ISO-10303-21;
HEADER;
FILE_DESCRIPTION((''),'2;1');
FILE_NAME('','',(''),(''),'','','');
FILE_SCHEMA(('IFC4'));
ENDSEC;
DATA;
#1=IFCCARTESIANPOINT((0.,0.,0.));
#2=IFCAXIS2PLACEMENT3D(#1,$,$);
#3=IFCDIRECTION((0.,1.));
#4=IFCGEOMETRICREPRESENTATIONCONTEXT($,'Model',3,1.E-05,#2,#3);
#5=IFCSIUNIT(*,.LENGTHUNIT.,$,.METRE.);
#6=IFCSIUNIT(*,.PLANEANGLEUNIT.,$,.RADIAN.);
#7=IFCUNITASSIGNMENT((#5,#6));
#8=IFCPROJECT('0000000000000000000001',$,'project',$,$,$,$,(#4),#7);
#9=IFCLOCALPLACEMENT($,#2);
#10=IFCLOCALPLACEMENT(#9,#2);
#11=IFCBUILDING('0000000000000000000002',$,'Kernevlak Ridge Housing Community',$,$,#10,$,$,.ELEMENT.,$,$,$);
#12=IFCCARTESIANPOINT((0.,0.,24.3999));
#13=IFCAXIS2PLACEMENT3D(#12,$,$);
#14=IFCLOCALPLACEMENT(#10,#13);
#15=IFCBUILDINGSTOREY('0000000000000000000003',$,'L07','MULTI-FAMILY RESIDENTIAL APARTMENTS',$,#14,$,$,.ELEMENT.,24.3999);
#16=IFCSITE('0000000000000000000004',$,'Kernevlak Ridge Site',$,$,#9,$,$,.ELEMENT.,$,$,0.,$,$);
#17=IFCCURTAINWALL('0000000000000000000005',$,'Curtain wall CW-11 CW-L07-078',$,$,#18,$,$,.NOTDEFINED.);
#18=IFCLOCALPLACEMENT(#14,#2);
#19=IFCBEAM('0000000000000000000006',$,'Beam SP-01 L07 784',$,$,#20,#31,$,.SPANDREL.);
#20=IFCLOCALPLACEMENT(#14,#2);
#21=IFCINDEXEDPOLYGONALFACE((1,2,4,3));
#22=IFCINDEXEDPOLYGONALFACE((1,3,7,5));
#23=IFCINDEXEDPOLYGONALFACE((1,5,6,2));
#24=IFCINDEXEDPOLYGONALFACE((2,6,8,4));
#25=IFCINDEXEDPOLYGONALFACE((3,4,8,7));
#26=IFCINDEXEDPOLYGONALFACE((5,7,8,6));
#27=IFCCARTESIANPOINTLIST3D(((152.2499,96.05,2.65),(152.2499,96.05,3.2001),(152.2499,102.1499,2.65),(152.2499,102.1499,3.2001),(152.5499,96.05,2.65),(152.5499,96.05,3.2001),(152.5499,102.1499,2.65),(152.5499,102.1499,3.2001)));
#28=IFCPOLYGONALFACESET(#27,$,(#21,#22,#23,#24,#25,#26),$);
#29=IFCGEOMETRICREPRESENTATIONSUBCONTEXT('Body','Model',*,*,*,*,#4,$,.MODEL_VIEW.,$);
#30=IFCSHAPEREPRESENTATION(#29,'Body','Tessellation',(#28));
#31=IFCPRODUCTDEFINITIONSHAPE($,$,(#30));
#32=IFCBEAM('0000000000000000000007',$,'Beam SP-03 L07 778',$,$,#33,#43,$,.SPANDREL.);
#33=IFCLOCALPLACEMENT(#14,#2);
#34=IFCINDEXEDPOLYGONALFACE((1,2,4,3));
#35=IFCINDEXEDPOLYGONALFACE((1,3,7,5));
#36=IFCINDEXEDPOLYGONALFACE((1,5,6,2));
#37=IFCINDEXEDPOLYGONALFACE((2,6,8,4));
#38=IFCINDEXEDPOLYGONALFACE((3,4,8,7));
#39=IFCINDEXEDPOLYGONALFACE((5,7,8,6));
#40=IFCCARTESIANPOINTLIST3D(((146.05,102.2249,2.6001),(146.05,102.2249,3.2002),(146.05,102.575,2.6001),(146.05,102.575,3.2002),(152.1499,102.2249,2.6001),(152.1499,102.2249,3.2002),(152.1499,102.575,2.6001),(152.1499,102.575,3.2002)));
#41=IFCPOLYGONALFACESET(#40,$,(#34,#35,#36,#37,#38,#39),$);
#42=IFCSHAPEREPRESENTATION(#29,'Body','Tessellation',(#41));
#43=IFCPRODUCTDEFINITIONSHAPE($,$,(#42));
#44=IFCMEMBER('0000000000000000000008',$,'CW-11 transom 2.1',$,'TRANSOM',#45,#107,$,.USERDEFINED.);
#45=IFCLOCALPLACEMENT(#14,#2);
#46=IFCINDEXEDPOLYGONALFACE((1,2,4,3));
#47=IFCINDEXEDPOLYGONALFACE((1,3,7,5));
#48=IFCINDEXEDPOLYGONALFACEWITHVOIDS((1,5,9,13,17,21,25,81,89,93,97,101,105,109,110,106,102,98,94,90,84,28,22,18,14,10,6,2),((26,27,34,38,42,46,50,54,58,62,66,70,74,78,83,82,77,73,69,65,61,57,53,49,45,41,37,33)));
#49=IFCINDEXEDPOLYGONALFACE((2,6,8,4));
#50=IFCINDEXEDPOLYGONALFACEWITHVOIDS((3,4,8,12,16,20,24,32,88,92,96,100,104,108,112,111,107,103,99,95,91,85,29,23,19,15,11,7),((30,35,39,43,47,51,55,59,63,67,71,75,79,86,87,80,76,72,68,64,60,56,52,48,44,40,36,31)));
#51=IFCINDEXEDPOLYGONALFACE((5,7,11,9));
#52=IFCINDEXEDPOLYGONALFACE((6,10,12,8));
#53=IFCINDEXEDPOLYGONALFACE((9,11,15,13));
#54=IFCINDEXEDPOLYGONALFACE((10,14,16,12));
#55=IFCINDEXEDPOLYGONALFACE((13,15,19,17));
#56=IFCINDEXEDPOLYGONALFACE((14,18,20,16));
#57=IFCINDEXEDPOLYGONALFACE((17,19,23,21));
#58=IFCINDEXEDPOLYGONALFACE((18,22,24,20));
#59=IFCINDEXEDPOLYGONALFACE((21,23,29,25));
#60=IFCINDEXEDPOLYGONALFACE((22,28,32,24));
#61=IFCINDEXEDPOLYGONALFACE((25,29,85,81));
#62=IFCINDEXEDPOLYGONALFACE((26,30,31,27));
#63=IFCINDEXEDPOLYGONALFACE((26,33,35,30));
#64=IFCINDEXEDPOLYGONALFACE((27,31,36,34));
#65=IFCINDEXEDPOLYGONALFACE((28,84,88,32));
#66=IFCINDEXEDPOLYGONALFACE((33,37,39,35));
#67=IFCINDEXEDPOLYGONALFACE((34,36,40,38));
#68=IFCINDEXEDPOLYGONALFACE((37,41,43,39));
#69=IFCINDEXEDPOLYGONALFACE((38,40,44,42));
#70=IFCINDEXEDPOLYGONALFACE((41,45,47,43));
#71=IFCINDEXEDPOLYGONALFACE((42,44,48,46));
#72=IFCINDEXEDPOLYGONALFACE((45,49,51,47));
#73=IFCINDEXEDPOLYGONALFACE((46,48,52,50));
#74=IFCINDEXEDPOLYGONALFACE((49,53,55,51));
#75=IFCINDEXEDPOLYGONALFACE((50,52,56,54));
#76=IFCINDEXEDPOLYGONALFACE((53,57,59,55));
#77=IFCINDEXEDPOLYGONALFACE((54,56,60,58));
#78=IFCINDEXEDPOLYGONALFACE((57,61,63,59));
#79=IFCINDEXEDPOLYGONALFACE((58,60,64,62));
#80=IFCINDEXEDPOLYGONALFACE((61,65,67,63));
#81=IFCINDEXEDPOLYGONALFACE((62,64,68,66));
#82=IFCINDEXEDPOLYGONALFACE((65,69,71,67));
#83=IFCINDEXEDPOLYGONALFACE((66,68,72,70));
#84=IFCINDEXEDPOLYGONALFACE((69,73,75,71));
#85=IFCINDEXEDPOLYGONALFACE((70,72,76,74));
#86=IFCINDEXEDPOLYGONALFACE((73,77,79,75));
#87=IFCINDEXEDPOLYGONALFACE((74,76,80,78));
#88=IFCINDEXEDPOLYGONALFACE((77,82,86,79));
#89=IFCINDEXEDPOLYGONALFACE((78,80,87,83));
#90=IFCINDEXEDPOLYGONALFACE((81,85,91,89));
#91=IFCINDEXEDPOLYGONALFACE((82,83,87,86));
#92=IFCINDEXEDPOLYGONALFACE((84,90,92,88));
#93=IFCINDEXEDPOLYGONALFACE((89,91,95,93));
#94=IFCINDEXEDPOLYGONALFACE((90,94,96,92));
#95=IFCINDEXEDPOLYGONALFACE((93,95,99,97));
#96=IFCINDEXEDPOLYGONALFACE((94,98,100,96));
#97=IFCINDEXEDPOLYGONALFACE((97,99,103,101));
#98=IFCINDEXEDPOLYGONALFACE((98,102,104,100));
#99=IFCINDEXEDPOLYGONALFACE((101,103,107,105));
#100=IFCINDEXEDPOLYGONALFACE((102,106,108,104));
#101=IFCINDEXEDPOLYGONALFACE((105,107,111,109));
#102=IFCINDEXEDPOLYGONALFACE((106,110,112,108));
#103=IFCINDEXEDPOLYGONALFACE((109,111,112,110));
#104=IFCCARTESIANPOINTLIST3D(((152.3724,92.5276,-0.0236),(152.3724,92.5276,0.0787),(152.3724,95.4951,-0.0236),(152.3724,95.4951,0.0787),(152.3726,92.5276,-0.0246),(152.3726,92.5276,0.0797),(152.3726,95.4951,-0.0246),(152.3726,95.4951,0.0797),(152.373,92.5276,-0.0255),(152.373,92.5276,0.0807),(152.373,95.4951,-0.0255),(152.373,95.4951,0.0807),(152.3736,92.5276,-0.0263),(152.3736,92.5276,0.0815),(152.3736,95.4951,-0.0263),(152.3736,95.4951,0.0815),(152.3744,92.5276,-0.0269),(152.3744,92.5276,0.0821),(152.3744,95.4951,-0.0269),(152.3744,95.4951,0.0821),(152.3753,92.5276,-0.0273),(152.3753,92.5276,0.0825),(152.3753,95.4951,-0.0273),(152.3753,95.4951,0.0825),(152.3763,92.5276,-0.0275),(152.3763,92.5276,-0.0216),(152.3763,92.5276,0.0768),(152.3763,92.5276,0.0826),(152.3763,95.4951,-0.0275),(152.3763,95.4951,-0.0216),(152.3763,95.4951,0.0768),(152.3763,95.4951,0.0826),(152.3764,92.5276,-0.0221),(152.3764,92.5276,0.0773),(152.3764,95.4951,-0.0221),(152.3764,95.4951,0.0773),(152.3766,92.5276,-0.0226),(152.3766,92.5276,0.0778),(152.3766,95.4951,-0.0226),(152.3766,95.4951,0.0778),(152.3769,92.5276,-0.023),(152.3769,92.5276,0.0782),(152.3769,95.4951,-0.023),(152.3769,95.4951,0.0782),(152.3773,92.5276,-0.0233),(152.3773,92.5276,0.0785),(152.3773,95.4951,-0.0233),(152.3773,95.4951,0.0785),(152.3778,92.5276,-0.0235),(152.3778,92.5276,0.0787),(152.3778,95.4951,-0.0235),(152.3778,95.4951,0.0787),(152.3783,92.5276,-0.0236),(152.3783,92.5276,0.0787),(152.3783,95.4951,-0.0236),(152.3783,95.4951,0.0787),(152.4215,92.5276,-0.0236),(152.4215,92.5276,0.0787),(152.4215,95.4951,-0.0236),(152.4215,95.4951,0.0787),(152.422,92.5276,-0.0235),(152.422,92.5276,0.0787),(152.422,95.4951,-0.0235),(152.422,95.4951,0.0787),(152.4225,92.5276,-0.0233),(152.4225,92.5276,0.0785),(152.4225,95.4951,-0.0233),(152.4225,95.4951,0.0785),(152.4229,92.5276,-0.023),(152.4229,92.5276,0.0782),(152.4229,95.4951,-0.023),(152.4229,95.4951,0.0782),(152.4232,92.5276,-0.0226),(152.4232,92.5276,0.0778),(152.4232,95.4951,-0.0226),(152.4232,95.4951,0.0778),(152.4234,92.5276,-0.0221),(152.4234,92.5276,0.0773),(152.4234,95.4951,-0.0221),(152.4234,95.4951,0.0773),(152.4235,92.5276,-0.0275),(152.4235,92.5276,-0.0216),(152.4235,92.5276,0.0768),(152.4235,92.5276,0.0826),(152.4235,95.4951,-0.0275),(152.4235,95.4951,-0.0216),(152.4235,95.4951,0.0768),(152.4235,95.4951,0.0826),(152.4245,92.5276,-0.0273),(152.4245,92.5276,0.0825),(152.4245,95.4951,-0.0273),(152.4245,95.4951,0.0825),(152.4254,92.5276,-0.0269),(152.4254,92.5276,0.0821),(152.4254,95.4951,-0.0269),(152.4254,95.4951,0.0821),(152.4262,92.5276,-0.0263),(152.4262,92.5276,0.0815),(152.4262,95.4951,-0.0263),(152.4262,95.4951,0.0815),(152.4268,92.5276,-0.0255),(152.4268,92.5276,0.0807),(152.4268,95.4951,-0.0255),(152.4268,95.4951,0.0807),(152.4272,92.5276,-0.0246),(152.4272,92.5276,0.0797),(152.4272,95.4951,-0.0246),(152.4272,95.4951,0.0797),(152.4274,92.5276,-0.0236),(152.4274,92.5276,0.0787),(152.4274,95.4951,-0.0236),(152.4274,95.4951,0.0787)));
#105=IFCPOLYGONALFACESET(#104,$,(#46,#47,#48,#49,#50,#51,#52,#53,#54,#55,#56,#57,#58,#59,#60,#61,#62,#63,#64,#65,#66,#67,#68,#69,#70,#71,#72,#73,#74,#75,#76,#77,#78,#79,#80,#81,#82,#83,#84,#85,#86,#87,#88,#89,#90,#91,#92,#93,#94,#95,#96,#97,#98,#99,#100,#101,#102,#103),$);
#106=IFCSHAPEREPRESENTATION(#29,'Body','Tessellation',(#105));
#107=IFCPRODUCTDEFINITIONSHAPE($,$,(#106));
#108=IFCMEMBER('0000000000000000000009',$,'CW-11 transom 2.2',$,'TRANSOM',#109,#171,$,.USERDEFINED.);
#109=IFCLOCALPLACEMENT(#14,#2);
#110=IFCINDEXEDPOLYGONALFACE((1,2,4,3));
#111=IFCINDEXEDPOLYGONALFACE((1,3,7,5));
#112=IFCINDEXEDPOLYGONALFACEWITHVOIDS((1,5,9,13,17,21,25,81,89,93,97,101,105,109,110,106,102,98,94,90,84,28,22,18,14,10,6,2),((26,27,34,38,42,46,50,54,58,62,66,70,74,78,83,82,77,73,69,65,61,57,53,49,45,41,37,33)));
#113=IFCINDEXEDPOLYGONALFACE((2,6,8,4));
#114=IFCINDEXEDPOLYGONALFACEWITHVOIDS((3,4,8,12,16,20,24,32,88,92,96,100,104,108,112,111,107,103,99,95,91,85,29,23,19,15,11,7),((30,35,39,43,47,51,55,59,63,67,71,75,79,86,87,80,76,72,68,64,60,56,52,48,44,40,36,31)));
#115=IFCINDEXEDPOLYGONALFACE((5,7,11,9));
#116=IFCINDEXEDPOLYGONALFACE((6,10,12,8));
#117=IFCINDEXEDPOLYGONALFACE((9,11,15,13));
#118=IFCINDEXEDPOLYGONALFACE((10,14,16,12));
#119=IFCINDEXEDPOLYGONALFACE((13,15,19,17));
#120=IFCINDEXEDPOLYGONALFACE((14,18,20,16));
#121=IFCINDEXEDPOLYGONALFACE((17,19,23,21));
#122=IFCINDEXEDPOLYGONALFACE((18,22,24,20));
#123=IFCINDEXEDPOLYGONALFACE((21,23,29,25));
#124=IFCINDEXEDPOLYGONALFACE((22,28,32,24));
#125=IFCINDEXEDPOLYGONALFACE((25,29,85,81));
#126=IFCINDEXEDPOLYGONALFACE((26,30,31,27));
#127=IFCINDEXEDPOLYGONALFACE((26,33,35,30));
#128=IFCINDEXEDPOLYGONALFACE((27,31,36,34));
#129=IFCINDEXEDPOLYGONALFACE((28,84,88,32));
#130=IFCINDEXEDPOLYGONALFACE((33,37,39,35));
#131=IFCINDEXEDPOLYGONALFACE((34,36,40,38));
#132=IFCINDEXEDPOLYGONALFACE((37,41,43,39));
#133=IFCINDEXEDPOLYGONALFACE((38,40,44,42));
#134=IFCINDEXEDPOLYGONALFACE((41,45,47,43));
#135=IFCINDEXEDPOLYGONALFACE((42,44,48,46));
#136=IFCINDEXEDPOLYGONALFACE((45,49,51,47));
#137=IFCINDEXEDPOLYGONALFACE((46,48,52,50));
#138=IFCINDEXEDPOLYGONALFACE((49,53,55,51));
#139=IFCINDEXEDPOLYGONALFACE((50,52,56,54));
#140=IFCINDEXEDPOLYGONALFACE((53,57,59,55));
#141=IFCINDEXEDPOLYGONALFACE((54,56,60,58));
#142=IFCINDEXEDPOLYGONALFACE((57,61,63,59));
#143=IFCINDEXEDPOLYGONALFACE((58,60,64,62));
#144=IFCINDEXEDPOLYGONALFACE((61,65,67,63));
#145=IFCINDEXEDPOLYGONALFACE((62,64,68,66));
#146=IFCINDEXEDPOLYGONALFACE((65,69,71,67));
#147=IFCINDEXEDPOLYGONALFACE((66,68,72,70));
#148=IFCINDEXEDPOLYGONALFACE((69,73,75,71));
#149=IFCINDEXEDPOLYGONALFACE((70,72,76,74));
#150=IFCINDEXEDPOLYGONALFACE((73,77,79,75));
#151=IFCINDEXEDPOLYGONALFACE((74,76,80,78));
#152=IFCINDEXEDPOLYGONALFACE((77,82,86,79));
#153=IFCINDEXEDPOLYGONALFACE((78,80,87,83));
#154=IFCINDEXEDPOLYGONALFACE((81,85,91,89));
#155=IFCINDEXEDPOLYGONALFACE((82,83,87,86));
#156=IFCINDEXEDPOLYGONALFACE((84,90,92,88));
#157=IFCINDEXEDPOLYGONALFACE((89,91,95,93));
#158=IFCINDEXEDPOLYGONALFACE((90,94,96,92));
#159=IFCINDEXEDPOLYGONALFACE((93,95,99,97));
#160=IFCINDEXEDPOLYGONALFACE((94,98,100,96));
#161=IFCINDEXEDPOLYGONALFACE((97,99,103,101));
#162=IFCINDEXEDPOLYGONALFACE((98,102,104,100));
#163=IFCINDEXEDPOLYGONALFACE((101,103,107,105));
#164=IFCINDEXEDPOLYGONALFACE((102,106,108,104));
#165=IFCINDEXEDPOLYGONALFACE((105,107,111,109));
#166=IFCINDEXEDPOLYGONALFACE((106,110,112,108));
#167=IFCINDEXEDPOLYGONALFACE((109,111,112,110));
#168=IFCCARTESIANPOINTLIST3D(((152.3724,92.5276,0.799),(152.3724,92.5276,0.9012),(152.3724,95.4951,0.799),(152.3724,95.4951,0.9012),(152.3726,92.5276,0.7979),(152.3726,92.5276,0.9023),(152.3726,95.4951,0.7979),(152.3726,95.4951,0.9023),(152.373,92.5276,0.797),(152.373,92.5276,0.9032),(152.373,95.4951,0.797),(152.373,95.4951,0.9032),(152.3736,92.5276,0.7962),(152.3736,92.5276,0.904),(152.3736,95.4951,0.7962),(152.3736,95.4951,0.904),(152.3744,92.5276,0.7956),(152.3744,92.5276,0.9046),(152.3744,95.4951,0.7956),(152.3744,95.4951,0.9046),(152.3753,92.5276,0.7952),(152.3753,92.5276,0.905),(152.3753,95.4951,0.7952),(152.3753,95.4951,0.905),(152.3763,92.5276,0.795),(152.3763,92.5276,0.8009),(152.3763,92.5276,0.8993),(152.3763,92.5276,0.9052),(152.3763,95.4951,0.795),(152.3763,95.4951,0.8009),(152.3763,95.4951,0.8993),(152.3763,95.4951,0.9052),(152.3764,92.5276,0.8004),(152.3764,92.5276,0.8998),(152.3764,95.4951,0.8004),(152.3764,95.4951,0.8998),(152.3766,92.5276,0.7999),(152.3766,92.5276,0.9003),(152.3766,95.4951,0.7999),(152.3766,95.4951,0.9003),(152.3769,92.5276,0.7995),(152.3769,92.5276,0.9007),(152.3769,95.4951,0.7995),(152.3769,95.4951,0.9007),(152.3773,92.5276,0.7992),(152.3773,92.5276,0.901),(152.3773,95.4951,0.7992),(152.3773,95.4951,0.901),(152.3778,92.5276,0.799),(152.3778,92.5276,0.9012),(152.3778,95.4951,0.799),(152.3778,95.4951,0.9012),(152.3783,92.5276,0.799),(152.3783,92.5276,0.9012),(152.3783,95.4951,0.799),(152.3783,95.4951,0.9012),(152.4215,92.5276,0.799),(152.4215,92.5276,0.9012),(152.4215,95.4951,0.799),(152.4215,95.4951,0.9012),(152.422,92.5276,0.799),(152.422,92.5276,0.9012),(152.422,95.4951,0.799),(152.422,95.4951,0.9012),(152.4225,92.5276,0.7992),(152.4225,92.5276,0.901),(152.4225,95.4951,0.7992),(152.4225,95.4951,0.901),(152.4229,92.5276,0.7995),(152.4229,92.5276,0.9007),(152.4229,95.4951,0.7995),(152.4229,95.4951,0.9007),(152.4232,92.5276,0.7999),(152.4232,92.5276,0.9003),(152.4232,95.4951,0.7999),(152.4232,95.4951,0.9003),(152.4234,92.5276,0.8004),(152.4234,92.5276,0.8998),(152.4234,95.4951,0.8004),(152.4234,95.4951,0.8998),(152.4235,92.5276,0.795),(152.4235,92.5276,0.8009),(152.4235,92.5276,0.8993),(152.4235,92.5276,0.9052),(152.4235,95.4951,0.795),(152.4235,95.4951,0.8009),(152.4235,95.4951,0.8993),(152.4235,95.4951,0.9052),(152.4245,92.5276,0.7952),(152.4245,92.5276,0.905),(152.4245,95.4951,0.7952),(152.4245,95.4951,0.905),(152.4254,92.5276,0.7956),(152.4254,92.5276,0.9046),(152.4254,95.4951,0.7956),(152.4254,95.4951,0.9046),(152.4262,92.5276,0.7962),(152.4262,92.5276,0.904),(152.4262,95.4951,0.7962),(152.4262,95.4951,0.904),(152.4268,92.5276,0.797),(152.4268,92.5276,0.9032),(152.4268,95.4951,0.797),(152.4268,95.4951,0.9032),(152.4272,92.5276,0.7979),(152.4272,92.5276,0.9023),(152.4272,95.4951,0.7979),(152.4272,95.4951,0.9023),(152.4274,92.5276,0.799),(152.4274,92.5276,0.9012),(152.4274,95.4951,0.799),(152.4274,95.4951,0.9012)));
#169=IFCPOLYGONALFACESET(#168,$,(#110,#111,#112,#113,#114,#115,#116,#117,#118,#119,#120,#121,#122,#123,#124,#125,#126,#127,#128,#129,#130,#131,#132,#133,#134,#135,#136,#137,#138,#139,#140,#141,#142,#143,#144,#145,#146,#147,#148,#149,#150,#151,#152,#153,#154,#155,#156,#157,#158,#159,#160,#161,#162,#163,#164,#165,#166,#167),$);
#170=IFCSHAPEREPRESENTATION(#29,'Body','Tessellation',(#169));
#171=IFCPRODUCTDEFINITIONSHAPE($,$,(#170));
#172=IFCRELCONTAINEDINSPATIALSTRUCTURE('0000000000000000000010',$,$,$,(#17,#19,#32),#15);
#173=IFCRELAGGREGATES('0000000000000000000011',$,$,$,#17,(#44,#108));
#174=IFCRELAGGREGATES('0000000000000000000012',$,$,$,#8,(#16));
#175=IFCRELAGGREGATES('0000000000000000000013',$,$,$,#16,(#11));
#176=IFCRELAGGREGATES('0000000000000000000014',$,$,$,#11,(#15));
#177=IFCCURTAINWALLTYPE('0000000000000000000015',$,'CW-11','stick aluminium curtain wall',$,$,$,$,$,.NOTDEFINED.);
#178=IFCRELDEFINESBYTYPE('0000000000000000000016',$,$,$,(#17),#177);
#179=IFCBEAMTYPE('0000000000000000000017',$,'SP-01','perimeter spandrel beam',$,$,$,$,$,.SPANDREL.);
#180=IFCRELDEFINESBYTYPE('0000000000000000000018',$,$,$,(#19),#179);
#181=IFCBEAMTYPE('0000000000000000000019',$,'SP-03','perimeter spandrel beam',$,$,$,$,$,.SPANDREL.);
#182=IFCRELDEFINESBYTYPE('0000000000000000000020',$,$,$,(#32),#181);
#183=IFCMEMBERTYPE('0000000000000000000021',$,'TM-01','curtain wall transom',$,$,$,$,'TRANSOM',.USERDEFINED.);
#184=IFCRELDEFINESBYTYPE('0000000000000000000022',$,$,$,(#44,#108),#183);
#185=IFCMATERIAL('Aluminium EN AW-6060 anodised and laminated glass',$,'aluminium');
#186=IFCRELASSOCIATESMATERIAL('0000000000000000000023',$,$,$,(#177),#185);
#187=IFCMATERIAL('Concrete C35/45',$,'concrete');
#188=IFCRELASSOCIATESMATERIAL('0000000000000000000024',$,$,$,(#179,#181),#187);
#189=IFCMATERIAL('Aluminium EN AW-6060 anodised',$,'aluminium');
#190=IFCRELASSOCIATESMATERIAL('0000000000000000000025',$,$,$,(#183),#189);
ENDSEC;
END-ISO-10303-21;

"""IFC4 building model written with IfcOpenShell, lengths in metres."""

from ifc_helpers import new_model, si_unit, direction, frame, origin, origin_2d, place, context, subcontext, project, spatial, rectangle, hollow_rectangle, extrude, material, material_profile, profile_set, type_object, element, aggregate, save


model = new_model("IFC4")

# Units and contexts
model_context = context("Model", 3, precision=1e-05, world=origin(), true_north=direction((0.0, 1.0)))
body_context = subcontext(model_context, "Body", "Model", "MODEL_VIEW")
ifc_project = project(units=[si_unit("LENGTHUNIT", "METRE"), si_unit("PLANEANGLEUNIT", "RADIAN")], contexts=[model_context])

# Site, building, storey
site_placement = place(None, origin())
site = spatial("IfcSite", under=ifc_project, at=site_placement, Name="Kernevlak Ridge Site", CompositionType="ELEMENT", RefElevation=0.0)
building_placement = place(site_placement, origin())
building = spatial("IfcBuilding", under=site, at=building_placement, Name="Kernevlak Ridge Housing Community", CompositionType="ELEMENT")
storey_placement = place(building_placement, frame((0.0, 0.0, 24.3999)))
storey = spatial("IfcBuildingStorey", under=building, at=storey_placement, Name="L07", Description="MULTI-FAMILY RESIDENTIAL APARTMENTS", CompositionType="ELEMENT", Elevation=24.3999)

# Shared definitions
ifc_material_1 = material(Name="Concrete C35/45", Category="concrete")

# Curtain wall
ifc_material_2 = material(Name="Aluminium EN AW-6060 anodised and laminated glass", Category="aluminium")
curtain_wall_type = type_object("IfcCurtainWallType", Name="CW-11", Description="stick aluminium curtain wall", PredefinedType="NOTDEFINED", material=ifc_material_2)
curtain_wall_placement = place(storey_placement, origin())
curtain_wall = element("IfcCurtainWall", 1, at=curtain_wall_placement, inside=storey, type_object=curtain_wall_type, Name="Curtain wall CW-11 CW-L07-078", PredefinedType="NOTDEFINED")
ifc_material_3 = material(Name="Aluminium EN AW-6060 anodised", Category="aluminium")

# Beams
ifc_material_profile_1 = material_profile(ifc_material_1, rectangle(XDim=0.3, YDim=0.55, at=origin_2d()), Name="RC 300x550")
ifc_profile_set_1 = profile_set([ifc_material_profile_1], Name="Concrete C35/45")
beam_type_1 = type_object("IfcBeamType", Name="SP-01", Description="perimeter spandrel beam", PredefinedType="SPANDREL", material=ifc_profile_set_1)
beam_1_placement = place(storey_placement, frame((152.3999, 96.05, 2.925), z_axis=(0.0, 1.0, 0.0), x_axis=(-1.0, 0.0, 0.0)))
element("IfcBeam", 2, at=beam_1_placement, inside=storey, type_object=beam_type_1, Name="Beam SP-01 L07 784", PredefinedType="SPANDREL", context=body_context, shape_type="SweptSolid", body=[
    extrude(rectangle(XDim=0.3, YDim=0.55, at=origin_2d()), origin(), (0.0, 0.0, 1.0), 6.0999),
])
ifc_material_profile_2 = material_profile(ifc_material_1, rectangle(XDim=0.3501, YDim=0.6001, at=origin_2d()), Name="RC 350x600")
ifc_profile_set_2 = profile_set([ifc_material_profile_2], Name="Concrete C35/45")
beam_type_2 = type_object("IfcBeamType", Name="SP-03", Description="perimeter spandrel beam", PredefinedType="SPANDREL", material=ifc_profile_set_2)
beam_2_placement = place(storey_placement, frame((146.05, 102.3999, 2.9001), z_axis=(1.0, 0.0, 0.0), x_axis=(0.0, 1.0, 0.0)))
element("IfcBeam", 3, at=beam_2_placement, inside=storey, type_object=beam_type_2, Name="Beam SP-03 L07 778", PredefinedType="SPANDREL", context=body_context, shape_type="SweptSolid", body=[
    extrude(rectangle(XDim=0.3501, YDim=0.6001, at=origin_2d()), origin(), (0.0, 0.0, 1.0), 6.0999),
])

# Members
ifc_material_profile_3 = material_profile(ifc_material_3, hollow_rectangle(XDim=0.0549, YDim=0.1101, WallThickness=0.0039, InnerFilletRadius=0.002, OuterFilletRadius=0.0039, at=origin_2d()), Name="ALU 55x110x4")
ifc_profile_set_3 = profile_set([ifc_material_profile_3], Name="Aluminium EN AW-6060 anodised")
member_type_1 = type_object("IfcMemberType", Name="TM-01", Description="curtain wall transom", ElementType="TRANSOM", PredefinedType="USERDEFINED", material=ifc_profile_set_3)
member_1_placement = place(storey_placement, frame((152.3999, 92.5276, 0.0276), z_axis=(0.0, 1.0, 0.0), x_axis=(-1.0, 0.0, 0.0)))
member_1 = element("IfcMember", 4, at=member_1_placement, type_object=member_type_1, Name="CW-11 transom 2.1", ObjectType="TRANSOM", PredefinedType="USERDEFINED", context=body_context, shape_type="SweptSolid", body=[
    extrude(hollow_rectangle(XDim=0.0549, YDim=0.1101, WallThickness=0.0039, InnerFilletRadius=0.002, OuterFilletRadius=0.0039, at=origin_2d()), origin(), (0.0, 0.0, 1.0), 2.9675),
])
member_2_placement = place(storey_placement, frame((152.3999, 92.5276, 0.8501), z_axis=(0.0, 1.0, 0.0), x_axis=(-1.0, 0.0, 0.0)))
member_2 = element("IfcMember", 5, at=member_2_placement, type_object=member_type_1, Name="CW-11 transom 2.2", ObjectType="TRANSOM", PredefinedType="USERDEFINED", context=body_context, shape_type="SweptSolid", body=[
    extrude(hollow_rectangle(XDim=0.0549, YDim=0.1101, WallThickness=0.0039, InnerFilletRadius=0.002, OuterFilletRadius=0.0039, at=origin_2d()), origin(), (0.0, 0.0, 1.0), 2.9675),
])

aggregate(curtain_wall, [member_1, member_2])

save(model, "model.ifc")
